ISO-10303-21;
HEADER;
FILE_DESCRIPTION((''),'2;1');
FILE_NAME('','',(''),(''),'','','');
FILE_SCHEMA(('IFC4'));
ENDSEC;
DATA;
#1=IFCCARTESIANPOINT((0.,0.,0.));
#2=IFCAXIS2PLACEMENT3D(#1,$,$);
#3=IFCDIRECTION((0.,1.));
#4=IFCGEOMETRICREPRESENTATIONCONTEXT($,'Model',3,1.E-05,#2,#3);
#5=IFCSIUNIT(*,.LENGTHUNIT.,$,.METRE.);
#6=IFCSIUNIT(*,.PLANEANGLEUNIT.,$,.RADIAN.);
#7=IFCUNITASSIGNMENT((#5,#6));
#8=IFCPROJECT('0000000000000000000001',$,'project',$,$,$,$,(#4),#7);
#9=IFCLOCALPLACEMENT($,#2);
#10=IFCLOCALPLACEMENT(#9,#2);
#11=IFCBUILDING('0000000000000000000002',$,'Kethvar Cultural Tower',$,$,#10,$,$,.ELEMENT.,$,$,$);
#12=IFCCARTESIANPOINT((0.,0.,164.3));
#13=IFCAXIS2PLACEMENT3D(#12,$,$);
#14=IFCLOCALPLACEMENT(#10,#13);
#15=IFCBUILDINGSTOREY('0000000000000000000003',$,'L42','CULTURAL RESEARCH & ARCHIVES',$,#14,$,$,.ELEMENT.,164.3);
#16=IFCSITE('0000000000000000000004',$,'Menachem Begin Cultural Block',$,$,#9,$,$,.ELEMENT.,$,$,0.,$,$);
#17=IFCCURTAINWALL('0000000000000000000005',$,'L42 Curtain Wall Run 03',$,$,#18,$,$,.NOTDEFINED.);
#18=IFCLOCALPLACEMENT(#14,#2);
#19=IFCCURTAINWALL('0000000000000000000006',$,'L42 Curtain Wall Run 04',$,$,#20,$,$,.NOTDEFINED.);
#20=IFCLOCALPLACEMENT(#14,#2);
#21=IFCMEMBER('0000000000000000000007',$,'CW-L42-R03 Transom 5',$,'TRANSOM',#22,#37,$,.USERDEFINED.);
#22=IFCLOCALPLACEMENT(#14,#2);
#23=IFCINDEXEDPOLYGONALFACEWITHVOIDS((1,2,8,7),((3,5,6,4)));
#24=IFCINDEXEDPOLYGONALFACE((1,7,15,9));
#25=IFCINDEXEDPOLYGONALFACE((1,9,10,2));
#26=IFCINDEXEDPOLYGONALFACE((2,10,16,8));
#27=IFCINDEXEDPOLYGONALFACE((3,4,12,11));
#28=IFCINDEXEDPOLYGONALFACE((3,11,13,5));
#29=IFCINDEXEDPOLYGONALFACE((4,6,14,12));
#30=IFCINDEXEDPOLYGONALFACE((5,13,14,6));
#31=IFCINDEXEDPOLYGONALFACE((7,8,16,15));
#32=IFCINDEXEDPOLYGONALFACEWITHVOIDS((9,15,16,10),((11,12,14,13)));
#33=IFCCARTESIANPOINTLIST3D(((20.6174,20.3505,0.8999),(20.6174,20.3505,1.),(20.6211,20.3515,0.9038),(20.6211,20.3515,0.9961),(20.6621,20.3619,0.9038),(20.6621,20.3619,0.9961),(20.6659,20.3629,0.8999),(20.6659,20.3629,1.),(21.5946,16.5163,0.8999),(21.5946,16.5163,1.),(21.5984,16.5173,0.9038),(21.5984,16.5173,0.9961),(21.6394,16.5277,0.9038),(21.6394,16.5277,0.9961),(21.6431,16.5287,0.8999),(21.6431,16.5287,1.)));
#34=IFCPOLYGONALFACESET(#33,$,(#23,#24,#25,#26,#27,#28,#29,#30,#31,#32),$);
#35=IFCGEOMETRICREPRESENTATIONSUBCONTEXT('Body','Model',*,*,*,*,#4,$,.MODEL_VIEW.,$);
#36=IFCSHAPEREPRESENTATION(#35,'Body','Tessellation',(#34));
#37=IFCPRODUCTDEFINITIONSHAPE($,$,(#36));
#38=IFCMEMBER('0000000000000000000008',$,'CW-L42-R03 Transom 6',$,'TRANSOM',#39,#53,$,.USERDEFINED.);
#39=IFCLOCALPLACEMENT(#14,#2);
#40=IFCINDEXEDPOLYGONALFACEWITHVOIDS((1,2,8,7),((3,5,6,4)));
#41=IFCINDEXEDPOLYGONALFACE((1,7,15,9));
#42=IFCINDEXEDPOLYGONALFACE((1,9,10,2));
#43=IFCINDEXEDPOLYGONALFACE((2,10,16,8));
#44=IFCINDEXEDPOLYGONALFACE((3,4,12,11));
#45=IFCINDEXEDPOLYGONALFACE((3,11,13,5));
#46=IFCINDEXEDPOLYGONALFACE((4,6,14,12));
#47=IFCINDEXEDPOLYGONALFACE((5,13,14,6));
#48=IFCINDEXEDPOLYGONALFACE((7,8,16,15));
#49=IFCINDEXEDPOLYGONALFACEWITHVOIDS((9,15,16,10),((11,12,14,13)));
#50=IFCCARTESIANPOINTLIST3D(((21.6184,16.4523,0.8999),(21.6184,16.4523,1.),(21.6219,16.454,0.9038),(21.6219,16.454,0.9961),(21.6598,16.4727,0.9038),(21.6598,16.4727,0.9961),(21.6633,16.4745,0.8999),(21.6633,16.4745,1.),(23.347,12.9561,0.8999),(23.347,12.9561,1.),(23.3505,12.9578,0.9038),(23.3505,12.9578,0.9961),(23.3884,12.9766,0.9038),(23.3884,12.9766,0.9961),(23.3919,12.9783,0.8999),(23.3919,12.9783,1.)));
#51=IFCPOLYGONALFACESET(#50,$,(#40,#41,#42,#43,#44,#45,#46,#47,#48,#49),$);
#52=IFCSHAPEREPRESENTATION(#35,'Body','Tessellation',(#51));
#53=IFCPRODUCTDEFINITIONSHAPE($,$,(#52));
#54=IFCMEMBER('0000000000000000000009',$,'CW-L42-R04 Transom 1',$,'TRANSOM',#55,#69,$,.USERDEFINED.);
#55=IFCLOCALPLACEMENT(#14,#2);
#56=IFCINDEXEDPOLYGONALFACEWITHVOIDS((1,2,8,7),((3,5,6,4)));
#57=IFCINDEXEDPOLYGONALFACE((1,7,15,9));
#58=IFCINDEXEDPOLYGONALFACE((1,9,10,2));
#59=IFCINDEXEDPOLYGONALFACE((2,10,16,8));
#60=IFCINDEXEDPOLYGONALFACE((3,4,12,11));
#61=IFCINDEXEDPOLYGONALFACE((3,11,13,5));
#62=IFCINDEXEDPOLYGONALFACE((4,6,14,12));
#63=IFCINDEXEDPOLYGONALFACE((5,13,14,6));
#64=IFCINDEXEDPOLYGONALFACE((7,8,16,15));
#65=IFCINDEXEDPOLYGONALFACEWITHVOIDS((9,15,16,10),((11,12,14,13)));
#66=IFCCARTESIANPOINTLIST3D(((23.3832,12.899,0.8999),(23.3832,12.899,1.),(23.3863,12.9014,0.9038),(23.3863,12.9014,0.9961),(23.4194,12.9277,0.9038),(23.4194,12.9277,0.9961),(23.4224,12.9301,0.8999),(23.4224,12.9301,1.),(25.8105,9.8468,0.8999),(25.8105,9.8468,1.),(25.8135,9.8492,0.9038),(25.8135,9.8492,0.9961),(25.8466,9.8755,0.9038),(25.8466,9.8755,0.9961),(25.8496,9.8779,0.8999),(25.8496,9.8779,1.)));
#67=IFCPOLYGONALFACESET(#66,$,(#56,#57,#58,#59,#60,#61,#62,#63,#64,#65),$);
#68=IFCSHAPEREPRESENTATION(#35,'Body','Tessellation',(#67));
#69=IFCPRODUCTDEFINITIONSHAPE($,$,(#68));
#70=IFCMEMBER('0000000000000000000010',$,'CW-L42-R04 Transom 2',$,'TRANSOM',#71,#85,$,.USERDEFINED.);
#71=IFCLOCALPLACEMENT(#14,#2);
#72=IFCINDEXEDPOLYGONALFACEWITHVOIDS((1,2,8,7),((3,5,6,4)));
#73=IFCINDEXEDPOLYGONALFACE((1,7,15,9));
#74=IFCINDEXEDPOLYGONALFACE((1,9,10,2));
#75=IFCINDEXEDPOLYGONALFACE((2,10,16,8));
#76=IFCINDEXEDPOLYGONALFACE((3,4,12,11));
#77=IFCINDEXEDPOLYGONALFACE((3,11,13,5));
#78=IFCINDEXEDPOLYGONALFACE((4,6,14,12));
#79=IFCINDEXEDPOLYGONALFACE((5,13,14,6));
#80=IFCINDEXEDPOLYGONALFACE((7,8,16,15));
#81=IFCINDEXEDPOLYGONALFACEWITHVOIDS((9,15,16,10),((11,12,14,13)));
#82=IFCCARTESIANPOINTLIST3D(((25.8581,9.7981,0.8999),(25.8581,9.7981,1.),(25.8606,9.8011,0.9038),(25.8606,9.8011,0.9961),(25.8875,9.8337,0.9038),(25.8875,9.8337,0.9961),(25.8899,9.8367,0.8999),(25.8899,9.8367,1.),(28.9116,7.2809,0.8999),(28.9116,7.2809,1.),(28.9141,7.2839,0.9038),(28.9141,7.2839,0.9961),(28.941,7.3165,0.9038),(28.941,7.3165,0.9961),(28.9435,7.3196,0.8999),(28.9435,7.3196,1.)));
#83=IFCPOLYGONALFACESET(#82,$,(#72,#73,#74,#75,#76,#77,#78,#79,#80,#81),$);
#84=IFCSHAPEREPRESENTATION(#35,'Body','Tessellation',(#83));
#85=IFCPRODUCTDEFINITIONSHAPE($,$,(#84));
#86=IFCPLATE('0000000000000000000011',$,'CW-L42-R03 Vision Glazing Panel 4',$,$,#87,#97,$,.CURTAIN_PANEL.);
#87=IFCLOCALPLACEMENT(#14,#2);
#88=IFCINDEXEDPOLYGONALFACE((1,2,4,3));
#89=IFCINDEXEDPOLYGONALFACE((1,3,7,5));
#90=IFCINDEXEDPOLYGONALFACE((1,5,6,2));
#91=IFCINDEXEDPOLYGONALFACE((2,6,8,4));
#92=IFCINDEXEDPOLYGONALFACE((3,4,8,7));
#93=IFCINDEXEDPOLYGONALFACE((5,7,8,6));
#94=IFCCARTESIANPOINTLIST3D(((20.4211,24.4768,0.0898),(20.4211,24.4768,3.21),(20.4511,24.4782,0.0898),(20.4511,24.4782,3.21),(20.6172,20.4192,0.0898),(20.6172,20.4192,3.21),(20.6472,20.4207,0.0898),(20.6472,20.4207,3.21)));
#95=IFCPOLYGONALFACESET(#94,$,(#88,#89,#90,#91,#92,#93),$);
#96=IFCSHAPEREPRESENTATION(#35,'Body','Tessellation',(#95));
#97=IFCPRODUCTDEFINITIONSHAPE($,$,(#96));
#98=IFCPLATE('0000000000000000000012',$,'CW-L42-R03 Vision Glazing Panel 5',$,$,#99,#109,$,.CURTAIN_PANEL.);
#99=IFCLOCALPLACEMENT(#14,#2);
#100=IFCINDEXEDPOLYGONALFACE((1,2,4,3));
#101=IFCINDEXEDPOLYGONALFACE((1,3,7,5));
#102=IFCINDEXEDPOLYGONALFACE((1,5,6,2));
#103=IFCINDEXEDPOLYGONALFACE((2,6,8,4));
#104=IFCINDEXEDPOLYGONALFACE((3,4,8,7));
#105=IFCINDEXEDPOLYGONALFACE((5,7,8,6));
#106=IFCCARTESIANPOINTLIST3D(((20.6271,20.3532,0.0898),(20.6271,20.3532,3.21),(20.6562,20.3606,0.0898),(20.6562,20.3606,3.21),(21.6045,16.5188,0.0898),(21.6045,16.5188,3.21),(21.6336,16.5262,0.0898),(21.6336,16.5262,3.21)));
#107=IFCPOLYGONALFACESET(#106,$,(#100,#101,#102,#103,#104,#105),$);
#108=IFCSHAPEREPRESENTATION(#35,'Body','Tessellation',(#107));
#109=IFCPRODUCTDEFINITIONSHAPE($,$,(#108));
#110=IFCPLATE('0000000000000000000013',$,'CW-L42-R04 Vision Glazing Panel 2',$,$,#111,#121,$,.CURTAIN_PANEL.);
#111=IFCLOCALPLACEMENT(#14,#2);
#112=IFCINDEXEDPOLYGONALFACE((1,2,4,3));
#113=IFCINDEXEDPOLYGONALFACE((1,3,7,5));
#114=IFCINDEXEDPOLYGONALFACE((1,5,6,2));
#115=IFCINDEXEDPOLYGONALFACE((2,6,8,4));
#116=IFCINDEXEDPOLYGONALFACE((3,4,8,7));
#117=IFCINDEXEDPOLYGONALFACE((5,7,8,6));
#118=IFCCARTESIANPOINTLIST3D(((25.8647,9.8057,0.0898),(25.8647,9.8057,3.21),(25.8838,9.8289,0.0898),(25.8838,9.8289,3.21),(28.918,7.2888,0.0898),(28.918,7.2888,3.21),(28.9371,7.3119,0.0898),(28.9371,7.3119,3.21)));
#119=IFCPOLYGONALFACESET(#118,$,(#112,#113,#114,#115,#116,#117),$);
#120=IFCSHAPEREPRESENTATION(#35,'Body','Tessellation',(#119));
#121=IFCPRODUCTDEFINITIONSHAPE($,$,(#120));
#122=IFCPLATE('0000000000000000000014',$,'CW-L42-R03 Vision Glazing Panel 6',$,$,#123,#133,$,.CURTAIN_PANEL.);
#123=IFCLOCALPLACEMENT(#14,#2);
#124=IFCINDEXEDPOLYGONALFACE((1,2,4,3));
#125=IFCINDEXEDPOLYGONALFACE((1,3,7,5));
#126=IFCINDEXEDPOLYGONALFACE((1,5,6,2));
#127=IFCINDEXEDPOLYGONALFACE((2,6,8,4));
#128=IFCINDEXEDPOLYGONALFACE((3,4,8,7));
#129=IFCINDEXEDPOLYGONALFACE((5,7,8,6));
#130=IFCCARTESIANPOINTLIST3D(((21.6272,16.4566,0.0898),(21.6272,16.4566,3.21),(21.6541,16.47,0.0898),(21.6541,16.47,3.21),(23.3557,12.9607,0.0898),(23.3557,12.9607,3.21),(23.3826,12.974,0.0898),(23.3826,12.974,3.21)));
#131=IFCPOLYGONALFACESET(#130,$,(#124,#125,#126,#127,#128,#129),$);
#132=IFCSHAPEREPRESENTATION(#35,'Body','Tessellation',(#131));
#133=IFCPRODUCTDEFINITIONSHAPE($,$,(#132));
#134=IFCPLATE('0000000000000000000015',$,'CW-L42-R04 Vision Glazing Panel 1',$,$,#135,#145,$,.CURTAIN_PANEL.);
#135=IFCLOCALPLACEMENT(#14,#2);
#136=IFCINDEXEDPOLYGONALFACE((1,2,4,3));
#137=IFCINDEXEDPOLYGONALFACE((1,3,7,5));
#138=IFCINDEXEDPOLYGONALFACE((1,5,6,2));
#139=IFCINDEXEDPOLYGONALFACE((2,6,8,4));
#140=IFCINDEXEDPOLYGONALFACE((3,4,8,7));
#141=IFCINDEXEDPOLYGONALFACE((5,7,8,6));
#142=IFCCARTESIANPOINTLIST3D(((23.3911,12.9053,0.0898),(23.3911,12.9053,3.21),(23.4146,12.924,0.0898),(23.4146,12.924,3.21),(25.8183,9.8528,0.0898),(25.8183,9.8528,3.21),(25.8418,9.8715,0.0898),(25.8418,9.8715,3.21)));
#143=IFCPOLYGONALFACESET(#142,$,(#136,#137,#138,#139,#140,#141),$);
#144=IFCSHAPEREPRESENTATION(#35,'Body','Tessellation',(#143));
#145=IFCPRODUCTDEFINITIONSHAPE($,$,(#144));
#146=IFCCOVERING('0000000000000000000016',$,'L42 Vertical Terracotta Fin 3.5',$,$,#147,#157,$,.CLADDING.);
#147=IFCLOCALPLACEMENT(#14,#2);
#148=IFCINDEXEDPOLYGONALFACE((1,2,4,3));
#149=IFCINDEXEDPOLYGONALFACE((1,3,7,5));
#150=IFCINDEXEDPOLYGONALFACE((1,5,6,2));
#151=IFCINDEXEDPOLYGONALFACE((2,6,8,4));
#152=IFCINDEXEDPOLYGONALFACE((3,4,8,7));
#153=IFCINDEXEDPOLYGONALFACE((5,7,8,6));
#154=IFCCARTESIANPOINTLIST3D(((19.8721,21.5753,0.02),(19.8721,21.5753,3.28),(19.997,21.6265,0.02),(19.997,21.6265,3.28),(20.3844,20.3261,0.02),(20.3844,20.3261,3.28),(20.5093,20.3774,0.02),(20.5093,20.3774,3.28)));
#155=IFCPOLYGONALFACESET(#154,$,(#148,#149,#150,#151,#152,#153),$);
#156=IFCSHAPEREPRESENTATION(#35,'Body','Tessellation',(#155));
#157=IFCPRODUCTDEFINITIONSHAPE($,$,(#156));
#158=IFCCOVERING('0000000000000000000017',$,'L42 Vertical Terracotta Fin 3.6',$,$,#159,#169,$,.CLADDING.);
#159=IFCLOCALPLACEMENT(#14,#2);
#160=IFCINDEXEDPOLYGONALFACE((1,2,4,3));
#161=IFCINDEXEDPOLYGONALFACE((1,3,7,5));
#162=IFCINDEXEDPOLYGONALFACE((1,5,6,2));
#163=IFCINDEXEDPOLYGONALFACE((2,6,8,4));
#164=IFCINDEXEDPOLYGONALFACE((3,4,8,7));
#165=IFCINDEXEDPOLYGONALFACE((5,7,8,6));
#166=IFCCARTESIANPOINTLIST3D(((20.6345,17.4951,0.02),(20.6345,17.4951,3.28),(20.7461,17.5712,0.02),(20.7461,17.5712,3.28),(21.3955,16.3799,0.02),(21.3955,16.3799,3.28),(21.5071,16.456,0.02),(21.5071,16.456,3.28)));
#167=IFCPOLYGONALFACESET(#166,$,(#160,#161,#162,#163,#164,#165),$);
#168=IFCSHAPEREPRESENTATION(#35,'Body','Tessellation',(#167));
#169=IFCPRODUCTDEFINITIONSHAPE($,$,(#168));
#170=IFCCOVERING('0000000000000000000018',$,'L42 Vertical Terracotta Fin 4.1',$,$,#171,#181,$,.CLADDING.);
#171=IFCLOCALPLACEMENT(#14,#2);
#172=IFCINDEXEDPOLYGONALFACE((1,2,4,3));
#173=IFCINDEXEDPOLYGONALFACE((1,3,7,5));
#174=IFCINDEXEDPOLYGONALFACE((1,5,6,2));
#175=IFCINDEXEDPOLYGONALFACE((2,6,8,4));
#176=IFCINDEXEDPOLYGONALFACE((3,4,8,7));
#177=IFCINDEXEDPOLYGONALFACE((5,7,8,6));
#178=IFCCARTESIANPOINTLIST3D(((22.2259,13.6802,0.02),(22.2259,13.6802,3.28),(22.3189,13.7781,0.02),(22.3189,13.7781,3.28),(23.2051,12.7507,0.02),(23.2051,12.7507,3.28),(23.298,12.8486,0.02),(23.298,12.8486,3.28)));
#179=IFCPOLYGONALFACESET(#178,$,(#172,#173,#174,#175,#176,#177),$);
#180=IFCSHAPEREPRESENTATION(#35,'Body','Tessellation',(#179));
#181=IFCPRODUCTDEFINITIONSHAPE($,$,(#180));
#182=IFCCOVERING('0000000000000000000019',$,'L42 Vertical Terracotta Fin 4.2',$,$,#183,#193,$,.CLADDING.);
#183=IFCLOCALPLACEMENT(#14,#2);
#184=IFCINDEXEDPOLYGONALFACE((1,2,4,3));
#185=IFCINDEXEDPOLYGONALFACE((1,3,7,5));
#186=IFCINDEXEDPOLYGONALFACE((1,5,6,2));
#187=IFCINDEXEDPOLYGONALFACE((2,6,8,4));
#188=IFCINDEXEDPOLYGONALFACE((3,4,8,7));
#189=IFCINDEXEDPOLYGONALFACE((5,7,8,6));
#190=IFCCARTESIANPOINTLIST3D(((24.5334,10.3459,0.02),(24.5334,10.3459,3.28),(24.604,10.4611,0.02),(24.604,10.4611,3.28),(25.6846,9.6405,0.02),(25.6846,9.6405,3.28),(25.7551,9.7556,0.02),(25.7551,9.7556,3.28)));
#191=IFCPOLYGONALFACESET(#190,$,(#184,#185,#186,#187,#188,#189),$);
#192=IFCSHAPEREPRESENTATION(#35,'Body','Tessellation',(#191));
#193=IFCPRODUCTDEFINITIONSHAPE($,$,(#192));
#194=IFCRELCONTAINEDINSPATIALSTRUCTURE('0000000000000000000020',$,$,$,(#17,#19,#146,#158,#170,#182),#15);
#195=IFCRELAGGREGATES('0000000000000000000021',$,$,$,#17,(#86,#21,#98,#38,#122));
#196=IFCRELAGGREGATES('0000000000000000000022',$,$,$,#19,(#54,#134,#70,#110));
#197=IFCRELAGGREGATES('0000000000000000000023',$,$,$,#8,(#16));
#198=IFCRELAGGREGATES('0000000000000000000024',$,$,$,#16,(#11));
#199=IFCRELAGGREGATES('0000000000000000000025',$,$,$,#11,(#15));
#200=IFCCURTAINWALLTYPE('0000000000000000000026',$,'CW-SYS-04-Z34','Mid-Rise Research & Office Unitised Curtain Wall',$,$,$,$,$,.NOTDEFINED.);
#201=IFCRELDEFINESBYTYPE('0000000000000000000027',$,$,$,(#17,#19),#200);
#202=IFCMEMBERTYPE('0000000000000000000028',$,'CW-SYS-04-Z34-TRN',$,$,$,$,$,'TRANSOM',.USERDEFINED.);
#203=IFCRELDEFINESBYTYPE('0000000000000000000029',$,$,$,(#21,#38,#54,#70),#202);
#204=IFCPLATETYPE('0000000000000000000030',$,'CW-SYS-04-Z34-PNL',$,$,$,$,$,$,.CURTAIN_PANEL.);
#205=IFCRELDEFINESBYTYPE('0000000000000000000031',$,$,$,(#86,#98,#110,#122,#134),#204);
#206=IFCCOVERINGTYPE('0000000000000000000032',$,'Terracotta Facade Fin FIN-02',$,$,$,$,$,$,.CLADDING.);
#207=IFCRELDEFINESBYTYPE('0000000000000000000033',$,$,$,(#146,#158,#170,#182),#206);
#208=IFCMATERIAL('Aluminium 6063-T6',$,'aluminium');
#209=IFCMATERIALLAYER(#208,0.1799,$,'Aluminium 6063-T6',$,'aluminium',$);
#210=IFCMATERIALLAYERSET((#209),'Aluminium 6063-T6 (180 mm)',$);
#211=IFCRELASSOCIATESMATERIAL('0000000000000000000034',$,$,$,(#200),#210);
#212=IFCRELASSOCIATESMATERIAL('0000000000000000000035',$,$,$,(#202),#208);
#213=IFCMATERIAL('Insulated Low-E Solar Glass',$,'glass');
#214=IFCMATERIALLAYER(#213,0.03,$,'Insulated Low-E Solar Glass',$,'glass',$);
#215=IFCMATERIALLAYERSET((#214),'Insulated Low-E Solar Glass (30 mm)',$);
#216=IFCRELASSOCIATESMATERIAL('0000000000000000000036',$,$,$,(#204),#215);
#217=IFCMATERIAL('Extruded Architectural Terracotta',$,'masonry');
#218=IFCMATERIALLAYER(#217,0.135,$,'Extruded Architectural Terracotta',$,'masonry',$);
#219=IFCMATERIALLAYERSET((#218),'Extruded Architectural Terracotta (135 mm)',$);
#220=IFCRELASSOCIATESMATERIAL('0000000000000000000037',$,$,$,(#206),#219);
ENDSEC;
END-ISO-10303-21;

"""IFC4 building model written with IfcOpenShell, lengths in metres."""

from ifc_helpers import new_model, si_unit, direction, frame, origin, origin_2d, place, context, subcontext, project, spatial, rectangle, hollow_rectangle, extrude, source, transform, mapped, material, layer, layer_set, material_profile, profile_set, type_object, element, aggregate, save


model = new_model("IFC4")

# Units and contexts
model_context = context("Model", 3, precision=1e-05, world=origin(), true_north=direction((0.0, 1.0)))
body_context = subcontext(model_context, "Body", "Model", "MODEL_VIEW")
ifc_project = project(units=[si_unit("LENGTHUNIT", "METRE"), si_unit("PLANEANGLEUNIT", "RADIAN")], contexts=[model_context])

# Site, building, storey
site_placement = place(None, origin())
site = spatial("IfcSite", under=ifc_project, at=site_placement, Name="Menachem Begin Cultural Block", CompositionType="ELEMENT", RefElevation=0.0)
building_placement = place(site_placement, origin())
building = spatial("IfcBuilding", under=site, at=building_placement, Name="Kethvar Cultural Tower", CompositionType="ELEMENT")
storey_placement = place(building_placement, frame((0.0, 0.0, 164.3)))
storey = spatial("IfcBuildingStorey", under=building, at=storey_placement, Name="L42", Description="CULTURAL RESEARCH & ARCHIVES", CompositionType="ELEMENT", Elevation=164.3)

# Curtain walls
ifc_material_1 = material(Name="Aluminium 6063-T6", Category="aluminium")
ifc_layer_1 = layer(ifc_material_1, 0.1799, Name="Aluminium 6063-T6", Category="aluminium")
ifc_layer_set_1 = layer_set([ifc_layer_1], Name="Aluminium 6063-T6 (180 mm)")
curtain_wall_type = type_object("IfcCurtainWallType", Name="CW-SYS-04-Z34", Description="Mid-Rise Research & Office Unitised Curtain Wall", PredefinedType="NOTDEFINED", material=ifc_layer_set_1)
curtain_wall_1_placement = place(storey_placement, origin())
curtain_wall_1 = element("IfcCurtainWall", 1, at=curtain_wall_1_placement, inside=storey, type_object=curtain_wall_type, Name="L42 Curtain Wall Run 03", PredefinedType="NOTDEFINED")
curtain_wall_2_placement = place(storey_placement, origin())
curtain_wall_2 = element("IfcCurtainWall", 2, at=curtain_wall_2_placement, inside=storey, type_object=curtain_wall_type, Name="L42 Curtain Wall Run 04", PredefinedType="NOTDEFINED")

# Members
ifc_material_profile_1 = material_profile(ifc_material_1, hollow_rectangle(XDim=0.05, YDim=0.1001, WallThickness=0.0039, at=origin_2d()), Name="Aluminium 6063-T6 — RHS100x50x4")
ifc_profile_set_1 = profile_set([ifc_material_profile_1], Name="Aluminium 6063-T6 — RHS100x50x4")
member_type_1 = type_object("IfcMemberType", Name="CW-SYS-04-Z34-TRN", ElementType="TRANSOM", PredefinedType="USERDEFINED", material=ifc_profile_set_1)
shared_shape_1 = source(origin(), body_context, "Body", "SweptSolid", [
    extrude(hollow_rectangle(XDim=0.05, YDim=0.1001, WallThickness=0.0039, at=origin_2d()), origin(), (0.0, 0.0, 1.0), 3.9568),
])
member_1_placement = place(storey_placement, frame((20.6416, 20.3567, 0.95), z_axis=(0.24699, -0.969018, 0.0), x_axis=(0.969018, 0.24699, 0.0)))
member_1 = element("IfcMember", 3, at=member_1_placement, type_object=member_type_1, Name="CW-L42-R03 Transom 5", ObjectType="TRANSOM", PredefinedType="USERDEFINED", context=body_context, shape_type="MappedRepresentation", body=[
    mapped(shared_shape_1, transform((0.0, 0.0, 0.0), scale=1.0)),
])
shared_shape_2 = source(origin(), body_context, "Body", "SweptSolid", [
    extrude(hollow_rectangle(XDim=0.05, YDim=0.1001, WallThickness=0.0039, at=origin_2d()), origin(), (0.0, 0.0, 1.0), 3.9001),
])
member_2_placement = place(storey_placement, frame((21.6409, 16.4634, 0.95), z_axis=(0.443203, -0.896421, 0.0), x_axis=(0.896421, 0.443203, 0.0)))
member_2 = element("IfcMember", 4, at=member_2_placement, type_object=member_type_1, Name="CW-L42-R03 Transom 6", ObjectType="TRANSOM", PredefinedType="USERDEFINED", context=body_context, shape_type="MappedRepresentation", body=[
    mapped(shared_shape_2, transform((0.0, 0.0, 0.0), scale=1.0)),
])
shared_shape_3 = source(origin(), body_context, "Body", "SweptSolid", [
    extrude(hollow_rectangle(XDim=0.05, YDim=0.1001, WallThickness=0.0039, at=origin_2d()), origin(), (0.0, 0.0, 1.0), 3.8997),
])
member_3_placement = place(storey_placement, frame((23.4028, 12.9146, 0.95), z_axis=(0.622417, -0.782686, 0.0), x_axis=(0.782686, 0.622417, 0.0)))
member_3 = element("IfcMember", 5, at=member_3_placement, type_object=member_type_1, Name="CW-L42-R04 Transom 1", ObjectType="TRANSOM", PredefinedType="USERDEFINED", context=body_context, shape_type="MappedRepresentation", body=[
    mapped(shared_shape_3, transform((0.0, 0.0, 0.0), scale=1.0)),
])
shared_shape_4 = source(origin(), body_context, "Body", "SweptSolid", [
    extrude(hollow_rectangle(XDim=0.05, YDim=0.1001, WallThickness=0.0039, at=origin_2d()), origin(), (0.0, 0.0, 1.0), 3.9573),
])
member_4_placement = place(storey_placement, frame((25.874, 9.8174, 0.95), z_axis=(0.771624, -0.636079, 0.0), x_axis=(0.636079, 0.771624, 0.0)))
member_4 = element("IfcMember", 6, at=member_4_placement, type_object=member_type_1, Name="CW-L42-R04 Transom 2", ObjectType="TRANSOM", PredefinedType="USERDEFINED", context=body_context, shape_type="MappedRepresentation", body=[
    mapped(shared_shape_4, transform((0.0, 0.0, 0.0), scale=1.0)),
])

# Plates
ifc_material_2 = material(Name="Insulated Low-E Solar Glass", Category="glass")
ifc_layer_2 = layer(ifc_material_2, 0.03, Name="Insulated Low-E Solar Glass", Category="glass")
ifc_layer_set_2 = layer_set([ifc_layer_2], Name="Insulated Low-E Solar Glass (30 mm)")
plate_type = type_object("IfcPlateType", Name="CW-SYS-04-Z34-PNL", PredefinedType="CURTAIN_PANEL", material=ifc_layer_set_2)
shared_shape_5 = source(origin(), body_context, "Body", "SweptSolid", [
    extrude(rectangle(XDim=4.0623, YDim=0.03, at=origin_2d()), origin(), (0.0, 0.0, 1.0), 3.1201),
])
plate_1_placement = place(storey_placement, frame((20.5342, 22.4487, 0.0898), z_axis=(0.0, 0.0, 1.0), x_axis=(0.048274, -0.998834, 0.0)))
plate_1 = element("IfcPlate", 7, at=plate_1_placement, type_object=plate_type, Name="CW-L42-R03 Vision Glazing Panel 4", PredefinedType="CURTAIN_PANEL", context=body_context, shape_type="MappedRepresentation", body=[
    mapped(shared_shape_5, transform((0.0, 0.0, 0.0), scale=1.0)),
])
shared_shape_6 = source(origin(), body_context, "Body", "SweptSolid", [
    extrude(rectangle(XDim=3.957, YDim=0.03, at=origin_2d()), origin(), (0.0, 0.0, 1.0), 3.1201),
])
plate_2_placement = place(storey_placement, frame((21.1304, 18.4397, 0.0898), z_axis=(0.0, 0.0, 1.0), x_axis=(0.246999, -0.969016, 0.0)))
plate_2 = element("IfcPlate", 8, at=plate_2_placement, type_object=plate_type, Name="CW-L42-R03 Vision Glazing Panel 5", PredefinedType="CURTAIN_PANEL", context=body_context, shape_type="MappedRepresentation", body=[
    mapped(shared_shape_6, transform((0.0, 0.0, 0.0), scale=1.0)),
])
plate_3_placement = place(storey_placement, frame((27.4009, 8.5588, 0.0898), z_axis=(0.0, 0.0, 1.0), x_axis=(0.771625, -0.636078, 0.0)))
plate_3 = element("IfcPlate", 9, at=plate_3_placement, type_object=plate_type, Name="CW-L42-R04 Vision Glazing Panel 2", PredefinedType="CURTAIN_PANEL", context=body_context, shape_type="MappedRepresentation", body=[
    mapped(shared_shape_6, transform((0.0, 0.0, 0.0), scale=1.0)),
])
shared_shape_7 = source(origin(), body_context, "Body", "SweptSolid", [
    extrude(rectangle(XDim=3.8999, YDim=0.03, at=origin_2d()), origin(), (0.0, 0.0, 1.0), 3.1201),
])
plate_4_placement = place(storey_placement, frame((22.5049, 14.7153, 0.0898), z_axis=(0.0, 0.0, 1.0), x_axis=(0.443212, -0.896417, 0.0)))
plate_4 = element("IfcPlate", 10, at=plate_4_placement, type_object=plate_type, Name="CW-L42-R03 Vision Glazing Panel 6", PredefinedType="CURTAIN_PANEL", context=body_context, shape_type="MappedRepresentation", body=[
    mapped(shared_shape_7, transform((0.0, 0.0, 0.0), scale=1.0)),
])
aggregate(curtain_wall_1, [plate_1, member_1, plate_2, member_2, plate_4])
plate_5_placement = place(storey_placement, frame((24.6165, 11.3884, 0.0898), z_axis=(0.0, 0.0, 1.0), x_axis=(0.622392, -0.782706, 0.0)))
plate_5 = element("IfcPlate", 11, at=plate_5_placement, type_object=plate_type, Name="CW-L42-R04 Vision Glazing Panel 1", PredefinedType="CURTAIN_PANEL", context=body_context, shape_type="MappedRepresentation", body=[
    mapped(shared_shape_7, transform((0.0, 0.0, 0.0), scale=1.0)),
])
aggregate(curtain_wall_2, [member_3, plate_5, member_4, plate_3])

# Coverings
ifc_material_3 = material(Name="Extruded Architectural Terracotta", Category="masonry")
ifc_layer_3 = layer(ifc_material_3, 0.135, Name="Extruded Architectural Terracotta", Category="masonry")
ifc_layer_set_3 = layer_set([ifc_layer_3], Name="Extruded Architectural Terracotta (135 mm)")
covering_type = type_object("IfcCoveringType", Name="Terracotta Facade Fin FIN-02", PredefinedType="CLADDING", material=ifc_layer_set_3)
shared_shape_8 = source(origin(), body_context, "Body", "SweptSolid", [
    extrude(rectangle(XDim=1.3501, YDim=0.135, at=origin_2d()), origin(), (0.0, 0.0, 1.0), 3.26),
])
for number, where, z_axis, x_axis, name in (
    (12, (20.1907, 20.9763, 0.02), (0.0, 0.0, 1.0), (-0.379456, 0.92521, 0.0), "L42 Vertical Terracotta Fin 3.5"),
    (13, (21.0708, 16.9756, 0.02), (0.0, 0.0, 1.0), (-0.56367, 0.826, 0.0), "L42 Vertical Terracotta Fin 3.6"),
    (14, (22.762, 13.2644, 0.02), (0.0, 0.0, 1.0), (-0.725254, 0.688481, 0.0), "L42 Vertical Terracotta Fin 4.1"),
    (15, (25.1443, 10.0508, 0.02), (0.0, 0.0, 1.0), (-0.85264, 0.522499, 0.0), "L42 Vertical Terracotta Fin 4.2"),
):
    element("IfcCovering", number, at=place(storey_placement, frame(where, z_axis=z_axis, x_axis=x_axis)), inside=storey, type_object=covering_type, Name=name, PredefinedType="CLADDING", context=body_context, shape_type="MappedRepresentation", body=[
        mapped(shared_shape_8, transform((0.0, 0.0, 0.0), scale=1.0)),
    ])

save(model, "model.ifc")
